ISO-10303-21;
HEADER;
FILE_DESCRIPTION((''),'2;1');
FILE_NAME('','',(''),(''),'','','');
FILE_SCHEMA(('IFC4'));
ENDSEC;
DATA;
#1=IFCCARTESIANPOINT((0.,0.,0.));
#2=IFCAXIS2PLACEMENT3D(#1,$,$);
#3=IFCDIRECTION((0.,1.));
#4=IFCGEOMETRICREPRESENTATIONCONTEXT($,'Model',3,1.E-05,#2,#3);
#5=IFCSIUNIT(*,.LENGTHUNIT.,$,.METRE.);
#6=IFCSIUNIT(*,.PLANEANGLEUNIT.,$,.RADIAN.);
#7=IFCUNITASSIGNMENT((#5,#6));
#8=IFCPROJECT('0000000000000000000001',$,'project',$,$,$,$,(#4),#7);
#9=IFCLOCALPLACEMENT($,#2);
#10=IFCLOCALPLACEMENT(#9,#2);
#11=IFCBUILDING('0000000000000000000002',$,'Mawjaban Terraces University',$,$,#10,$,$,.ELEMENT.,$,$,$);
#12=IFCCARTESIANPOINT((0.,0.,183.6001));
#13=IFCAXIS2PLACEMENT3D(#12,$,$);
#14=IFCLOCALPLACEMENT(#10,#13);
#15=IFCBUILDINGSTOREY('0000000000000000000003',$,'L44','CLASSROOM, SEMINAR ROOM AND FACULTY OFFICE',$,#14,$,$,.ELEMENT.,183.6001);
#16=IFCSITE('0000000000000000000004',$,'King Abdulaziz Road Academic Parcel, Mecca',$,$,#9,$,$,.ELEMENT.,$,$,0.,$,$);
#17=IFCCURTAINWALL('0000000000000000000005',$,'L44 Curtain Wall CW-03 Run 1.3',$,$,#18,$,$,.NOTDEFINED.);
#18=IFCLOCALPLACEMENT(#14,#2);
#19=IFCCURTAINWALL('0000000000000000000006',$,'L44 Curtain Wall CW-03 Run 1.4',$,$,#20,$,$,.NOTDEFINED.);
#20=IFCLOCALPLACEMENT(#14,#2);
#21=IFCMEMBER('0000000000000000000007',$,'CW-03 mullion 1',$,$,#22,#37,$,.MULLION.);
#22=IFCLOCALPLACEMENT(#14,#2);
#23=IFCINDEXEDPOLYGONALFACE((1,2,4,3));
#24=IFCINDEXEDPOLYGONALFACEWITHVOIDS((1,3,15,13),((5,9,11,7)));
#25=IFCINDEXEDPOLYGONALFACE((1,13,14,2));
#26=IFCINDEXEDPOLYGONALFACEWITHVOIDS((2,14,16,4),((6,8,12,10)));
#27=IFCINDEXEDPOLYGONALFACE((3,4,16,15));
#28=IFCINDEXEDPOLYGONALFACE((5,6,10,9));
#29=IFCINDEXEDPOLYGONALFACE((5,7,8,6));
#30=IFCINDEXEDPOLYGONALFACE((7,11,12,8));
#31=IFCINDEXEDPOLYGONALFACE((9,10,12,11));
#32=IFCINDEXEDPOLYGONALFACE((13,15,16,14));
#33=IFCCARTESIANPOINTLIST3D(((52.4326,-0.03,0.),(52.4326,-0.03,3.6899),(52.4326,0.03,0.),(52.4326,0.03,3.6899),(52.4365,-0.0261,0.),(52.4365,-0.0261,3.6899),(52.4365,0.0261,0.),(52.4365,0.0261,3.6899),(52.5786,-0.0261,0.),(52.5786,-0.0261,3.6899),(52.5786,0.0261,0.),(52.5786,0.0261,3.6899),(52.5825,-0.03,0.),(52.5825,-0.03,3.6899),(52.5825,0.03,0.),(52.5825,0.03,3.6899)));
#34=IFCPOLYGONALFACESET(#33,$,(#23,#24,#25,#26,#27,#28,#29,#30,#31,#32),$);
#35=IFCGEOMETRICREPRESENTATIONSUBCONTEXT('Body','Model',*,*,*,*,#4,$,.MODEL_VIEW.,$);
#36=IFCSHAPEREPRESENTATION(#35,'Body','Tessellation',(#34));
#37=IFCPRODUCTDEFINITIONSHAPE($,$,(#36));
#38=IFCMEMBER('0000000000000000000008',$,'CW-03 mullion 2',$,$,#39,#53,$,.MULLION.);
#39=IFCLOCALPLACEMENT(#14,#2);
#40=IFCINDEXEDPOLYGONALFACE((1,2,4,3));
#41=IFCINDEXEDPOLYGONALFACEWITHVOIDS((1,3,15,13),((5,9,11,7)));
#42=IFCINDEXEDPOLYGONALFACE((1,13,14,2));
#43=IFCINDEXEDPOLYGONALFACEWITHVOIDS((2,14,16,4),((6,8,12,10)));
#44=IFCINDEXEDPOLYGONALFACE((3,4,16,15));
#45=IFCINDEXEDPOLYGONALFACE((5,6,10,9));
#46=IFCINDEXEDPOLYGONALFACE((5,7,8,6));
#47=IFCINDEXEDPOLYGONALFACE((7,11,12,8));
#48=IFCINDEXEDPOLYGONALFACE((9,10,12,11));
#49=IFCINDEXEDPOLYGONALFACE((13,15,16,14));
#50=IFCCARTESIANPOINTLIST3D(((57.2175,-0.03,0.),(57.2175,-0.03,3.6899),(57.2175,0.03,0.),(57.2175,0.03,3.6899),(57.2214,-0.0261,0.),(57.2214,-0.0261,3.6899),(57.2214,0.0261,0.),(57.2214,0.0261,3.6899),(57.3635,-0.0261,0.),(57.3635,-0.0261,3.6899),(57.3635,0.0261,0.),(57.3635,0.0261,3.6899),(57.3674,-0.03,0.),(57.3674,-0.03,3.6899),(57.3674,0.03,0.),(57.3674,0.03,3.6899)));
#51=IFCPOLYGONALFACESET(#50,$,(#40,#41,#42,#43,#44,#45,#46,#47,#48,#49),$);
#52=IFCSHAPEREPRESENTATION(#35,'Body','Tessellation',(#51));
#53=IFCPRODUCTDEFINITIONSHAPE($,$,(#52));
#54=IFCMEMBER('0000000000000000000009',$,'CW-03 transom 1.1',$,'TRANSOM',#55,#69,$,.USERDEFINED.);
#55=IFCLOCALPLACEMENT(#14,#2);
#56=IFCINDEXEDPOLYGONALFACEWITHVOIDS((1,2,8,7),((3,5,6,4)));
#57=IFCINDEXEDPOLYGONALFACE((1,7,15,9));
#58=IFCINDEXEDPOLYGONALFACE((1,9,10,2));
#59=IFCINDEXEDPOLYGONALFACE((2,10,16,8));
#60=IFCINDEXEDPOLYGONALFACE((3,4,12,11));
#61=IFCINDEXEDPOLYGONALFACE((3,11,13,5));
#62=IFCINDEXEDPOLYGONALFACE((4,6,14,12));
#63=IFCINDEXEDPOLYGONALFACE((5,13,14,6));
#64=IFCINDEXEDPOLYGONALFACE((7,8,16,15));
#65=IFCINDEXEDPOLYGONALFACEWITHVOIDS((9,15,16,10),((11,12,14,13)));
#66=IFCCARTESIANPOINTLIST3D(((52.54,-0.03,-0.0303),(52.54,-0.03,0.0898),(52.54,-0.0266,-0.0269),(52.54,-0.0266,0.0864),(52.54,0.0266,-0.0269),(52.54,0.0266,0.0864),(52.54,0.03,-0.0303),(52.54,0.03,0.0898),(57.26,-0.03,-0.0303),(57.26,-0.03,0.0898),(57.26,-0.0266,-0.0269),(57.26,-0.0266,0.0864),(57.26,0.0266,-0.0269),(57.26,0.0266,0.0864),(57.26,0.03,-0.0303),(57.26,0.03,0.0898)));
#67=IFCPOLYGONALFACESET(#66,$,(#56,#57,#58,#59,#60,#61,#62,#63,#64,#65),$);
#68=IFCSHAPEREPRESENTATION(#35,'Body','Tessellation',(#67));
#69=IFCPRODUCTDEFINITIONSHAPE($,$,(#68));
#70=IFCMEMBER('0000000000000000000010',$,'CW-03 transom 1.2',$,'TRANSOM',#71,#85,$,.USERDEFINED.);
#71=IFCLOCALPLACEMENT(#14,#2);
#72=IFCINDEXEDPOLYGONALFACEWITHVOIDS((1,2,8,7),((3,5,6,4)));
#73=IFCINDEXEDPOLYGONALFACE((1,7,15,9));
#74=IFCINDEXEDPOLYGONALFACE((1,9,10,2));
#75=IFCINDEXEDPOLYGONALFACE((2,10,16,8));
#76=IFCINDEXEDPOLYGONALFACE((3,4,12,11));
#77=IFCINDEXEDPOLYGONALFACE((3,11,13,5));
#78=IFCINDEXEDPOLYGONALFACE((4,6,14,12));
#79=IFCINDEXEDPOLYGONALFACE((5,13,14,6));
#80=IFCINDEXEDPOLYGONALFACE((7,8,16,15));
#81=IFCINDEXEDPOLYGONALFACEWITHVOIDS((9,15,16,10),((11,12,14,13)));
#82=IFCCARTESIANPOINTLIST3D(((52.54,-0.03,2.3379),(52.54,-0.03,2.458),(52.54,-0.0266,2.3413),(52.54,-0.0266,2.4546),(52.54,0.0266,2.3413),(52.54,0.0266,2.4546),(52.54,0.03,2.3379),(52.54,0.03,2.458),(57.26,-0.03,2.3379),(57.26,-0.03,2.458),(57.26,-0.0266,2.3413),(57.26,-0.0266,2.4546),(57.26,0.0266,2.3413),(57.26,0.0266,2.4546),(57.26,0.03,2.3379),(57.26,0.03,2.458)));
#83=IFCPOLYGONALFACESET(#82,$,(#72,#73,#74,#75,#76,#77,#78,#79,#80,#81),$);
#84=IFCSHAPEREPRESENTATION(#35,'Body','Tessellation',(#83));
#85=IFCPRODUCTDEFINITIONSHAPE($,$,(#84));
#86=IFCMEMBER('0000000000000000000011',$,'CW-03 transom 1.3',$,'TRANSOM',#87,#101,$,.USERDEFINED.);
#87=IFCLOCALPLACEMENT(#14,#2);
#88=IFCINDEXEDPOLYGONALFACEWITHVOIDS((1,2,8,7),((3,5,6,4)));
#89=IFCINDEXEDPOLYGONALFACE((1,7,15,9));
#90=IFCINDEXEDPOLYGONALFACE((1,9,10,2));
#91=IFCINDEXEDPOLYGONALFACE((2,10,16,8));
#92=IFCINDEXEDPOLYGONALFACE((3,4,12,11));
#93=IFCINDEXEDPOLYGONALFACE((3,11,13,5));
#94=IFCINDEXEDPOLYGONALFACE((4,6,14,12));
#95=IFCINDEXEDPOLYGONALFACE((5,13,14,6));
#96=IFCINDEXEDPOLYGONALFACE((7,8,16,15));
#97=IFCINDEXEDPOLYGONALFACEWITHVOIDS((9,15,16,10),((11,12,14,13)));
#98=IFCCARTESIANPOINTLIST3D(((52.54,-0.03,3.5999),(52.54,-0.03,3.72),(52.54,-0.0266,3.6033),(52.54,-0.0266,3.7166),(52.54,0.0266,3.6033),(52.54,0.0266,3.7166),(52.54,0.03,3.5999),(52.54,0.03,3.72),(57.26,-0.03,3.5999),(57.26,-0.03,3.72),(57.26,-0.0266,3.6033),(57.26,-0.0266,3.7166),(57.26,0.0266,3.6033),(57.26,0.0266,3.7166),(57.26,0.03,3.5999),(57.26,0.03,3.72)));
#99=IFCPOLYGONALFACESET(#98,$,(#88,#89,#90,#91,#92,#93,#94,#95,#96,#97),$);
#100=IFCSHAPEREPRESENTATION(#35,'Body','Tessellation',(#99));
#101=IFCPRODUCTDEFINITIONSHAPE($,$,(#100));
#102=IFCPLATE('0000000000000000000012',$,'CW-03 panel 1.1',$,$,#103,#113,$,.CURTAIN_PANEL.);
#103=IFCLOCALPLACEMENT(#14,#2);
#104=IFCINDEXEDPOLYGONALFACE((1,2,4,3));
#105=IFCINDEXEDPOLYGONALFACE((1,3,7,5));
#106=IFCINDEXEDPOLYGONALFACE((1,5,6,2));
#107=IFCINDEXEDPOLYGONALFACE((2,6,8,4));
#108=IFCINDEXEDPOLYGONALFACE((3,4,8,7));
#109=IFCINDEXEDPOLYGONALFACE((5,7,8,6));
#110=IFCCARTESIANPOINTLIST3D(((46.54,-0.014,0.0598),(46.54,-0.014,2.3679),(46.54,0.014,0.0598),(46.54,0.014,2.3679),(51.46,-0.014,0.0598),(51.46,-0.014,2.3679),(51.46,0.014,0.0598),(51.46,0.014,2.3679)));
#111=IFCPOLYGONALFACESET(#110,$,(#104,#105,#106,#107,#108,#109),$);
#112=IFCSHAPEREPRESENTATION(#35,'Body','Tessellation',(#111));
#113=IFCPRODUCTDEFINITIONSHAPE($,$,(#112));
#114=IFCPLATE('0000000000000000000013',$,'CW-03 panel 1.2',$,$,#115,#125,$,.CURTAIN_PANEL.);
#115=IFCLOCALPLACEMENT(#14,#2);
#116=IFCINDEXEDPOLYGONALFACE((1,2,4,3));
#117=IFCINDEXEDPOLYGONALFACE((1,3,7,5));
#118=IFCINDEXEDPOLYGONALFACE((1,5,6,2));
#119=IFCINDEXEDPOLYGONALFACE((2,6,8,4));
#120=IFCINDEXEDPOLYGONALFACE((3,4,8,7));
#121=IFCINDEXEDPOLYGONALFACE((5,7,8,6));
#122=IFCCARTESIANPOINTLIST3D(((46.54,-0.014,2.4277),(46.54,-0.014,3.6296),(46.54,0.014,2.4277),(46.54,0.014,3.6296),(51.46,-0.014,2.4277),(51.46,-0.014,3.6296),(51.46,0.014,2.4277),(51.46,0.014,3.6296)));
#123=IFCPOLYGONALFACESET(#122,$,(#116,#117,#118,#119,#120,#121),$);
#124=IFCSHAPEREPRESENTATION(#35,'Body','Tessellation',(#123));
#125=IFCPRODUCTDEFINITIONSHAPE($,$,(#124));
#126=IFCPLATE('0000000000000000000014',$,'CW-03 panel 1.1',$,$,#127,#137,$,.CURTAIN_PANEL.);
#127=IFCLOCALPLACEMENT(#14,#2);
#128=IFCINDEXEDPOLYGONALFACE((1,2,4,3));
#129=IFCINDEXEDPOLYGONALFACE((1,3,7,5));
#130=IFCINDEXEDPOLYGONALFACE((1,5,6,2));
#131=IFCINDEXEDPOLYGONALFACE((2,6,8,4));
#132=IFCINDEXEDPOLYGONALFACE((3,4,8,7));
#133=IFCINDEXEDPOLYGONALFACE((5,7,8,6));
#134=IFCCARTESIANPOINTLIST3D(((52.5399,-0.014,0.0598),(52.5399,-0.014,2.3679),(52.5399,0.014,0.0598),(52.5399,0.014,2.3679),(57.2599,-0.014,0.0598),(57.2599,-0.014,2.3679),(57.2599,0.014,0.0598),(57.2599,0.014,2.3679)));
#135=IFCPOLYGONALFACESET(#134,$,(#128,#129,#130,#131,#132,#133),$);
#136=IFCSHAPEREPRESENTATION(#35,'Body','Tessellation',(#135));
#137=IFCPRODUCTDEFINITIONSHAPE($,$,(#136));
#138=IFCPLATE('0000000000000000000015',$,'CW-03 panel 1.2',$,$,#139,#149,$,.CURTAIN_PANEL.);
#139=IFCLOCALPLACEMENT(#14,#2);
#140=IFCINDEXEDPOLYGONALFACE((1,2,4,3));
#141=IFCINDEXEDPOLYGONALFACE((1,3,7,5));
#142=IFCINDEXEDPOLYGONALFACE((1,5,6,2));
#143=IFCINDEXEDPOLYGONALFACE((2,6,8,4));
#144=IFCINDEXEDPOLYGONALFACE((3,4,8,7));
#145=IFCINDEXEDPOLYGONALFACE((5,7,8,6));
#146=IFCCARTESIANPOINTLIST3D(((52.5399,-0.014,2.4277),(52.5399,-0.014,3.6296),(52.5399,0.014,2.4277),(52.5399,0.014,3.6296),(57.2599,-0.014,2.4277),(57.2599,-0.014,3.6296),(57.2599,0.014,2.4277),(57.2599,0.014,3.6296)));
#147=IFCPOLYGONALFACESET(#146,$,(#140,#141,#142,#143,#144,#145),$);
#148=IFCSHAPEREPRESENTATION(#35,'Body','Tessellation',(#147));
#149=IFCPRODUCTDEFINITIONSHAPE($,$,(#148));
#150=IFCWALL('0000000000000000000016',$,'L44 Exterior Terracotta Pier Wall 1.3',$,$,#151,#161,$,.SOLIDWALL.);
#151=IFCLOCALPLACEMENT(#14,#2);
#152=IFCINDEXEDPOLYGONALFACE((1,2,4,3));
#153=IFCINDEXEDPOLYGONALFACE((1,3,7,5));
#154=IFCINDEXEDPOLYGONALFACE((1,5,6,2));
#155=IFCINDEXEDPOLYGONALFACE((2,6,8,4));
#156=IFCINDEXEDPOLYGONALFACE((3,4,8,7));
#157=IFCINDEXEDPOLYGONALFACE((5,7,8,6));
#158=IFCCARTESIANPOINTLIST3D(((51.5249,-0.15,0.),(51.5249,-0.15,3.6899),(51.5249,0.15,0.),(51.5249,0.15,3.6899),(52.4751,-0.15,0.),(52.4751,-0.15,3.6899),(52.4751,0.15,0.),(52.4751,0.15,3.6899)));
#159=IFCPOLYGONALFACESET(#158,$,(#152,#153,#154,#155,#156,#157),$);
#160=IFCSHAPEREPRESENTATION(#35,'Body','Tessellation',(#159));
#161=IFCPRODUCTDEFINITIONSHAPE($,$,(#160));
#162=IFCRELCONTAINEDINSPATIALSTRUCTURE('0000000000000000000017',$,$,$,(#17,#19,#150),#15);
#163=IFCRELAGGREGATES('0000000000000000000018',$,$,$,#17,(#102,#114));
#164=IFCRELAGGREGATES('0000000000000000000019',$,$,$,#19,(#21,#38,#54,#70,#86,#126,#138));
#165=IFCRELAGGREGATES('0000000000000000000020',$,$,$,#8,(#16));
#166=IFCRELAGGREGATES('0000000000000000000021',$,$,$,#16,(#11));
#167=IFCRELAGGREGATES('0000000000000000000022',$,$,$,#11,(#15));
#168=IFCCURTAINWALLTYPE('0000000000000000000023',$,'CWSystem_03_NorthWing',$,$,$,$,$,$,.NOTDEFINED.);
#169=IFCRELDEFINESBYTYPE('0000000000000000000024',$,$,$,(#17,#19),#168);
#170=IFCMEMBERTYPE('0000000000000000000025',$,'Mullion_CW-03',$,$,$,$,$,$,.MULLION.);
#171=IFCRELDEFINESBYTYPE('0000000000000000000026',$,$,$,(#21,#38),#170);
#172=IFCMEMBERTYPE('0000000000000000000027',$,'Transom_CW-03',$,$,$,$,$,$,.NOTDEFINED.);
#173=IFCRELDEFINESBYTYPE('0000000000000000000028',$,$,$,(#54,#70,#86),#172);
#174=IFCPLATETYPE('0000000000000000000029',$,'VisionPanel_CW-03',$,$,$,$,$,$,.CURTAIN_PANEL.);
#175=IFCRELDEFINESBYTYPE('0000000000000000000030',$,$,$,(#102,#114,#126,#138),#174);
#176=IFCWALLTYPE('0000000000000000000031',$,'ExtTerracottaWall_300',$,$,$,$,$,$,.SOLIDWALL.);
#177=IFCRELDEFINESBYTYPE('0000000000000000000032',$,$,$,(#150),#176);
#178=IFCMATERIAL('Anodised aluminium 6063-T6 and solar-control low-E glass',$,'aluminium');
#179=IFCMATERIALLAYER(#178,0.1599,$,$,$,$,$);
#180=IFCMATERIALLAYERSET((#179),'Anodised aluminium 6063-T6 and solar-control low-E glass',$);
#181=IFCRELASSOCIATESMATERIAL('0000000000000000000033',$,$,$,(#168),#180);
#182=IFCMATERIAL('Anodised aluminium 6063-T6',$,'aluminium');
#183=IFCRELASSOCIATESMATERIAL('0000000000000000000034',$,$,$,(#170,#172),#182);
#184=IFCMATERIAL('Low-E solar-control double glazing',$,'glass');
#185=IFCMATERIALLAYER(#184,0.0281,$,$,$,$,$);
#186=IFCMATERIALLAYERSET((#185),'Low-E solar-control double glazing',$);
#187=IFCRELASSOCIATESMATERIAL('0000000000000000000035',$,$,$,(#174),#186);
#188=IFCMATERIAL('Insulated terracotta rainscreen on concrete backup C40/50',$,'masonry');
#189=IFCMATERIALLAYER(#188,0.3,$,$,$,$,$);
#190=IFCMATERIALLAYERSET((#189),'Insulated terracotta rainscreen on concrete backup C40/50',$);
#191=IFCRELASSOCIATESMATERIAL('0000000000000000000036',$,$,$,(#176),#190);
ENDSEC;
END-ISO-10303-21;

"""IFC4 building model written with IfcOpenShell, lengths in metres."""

from ifc_helpers import new_model, si_unit, direction, frame, frame_2d, origin, origin_2d, place, context, subcontext, project, spatial, rectangle, hollow_rectangle, extrude, material, layer, layer_set, material_profile, profile_set, type_object, element, aggregate, save


model = new_model("IFC4")

# Units and contexts
model_context = context("Model", 3, precision=1e-05, world=origin(), true_north=direction((0.0, 1.0)))
body_context = subcontext(model_context, "Body", "Model", "MODEL_VIEW")
ifc_project = project(units=[si_unit("LENGTHUNIT", "METRE"), si_unit("PLANEANGLEUNIT", "RADIAN")], contexts=[model_context])

# Site, building, storey
site_placement = place(None, origin())
site = spatial("IfcSite", under=ifc_project, at=site_placement, Name="King Abdulaziz Road Academic Parcel, Mecca", CompositionType="ELEMENT", RefElevation=0.0)
building_placement = place(site_placement, origin())
building = spatial("IfcBuilding", under=site, at=building_placement, Name="Mawjaban Terraces University", CompositionType="ELEMENT")
storey_placement = place(building_placement, frame((0.0, 0.0, 183.6001)))
storey = spatial("IfcBuildingStorey", under=building, at=storey_placement, Name="L44", Description="CLASSROOM, SEMINAR ROOM AND FACULTY OFFICE", CompositionType="ELEMENT", Elevation=183.6001)

# Curtain wall
ifc_material_1 = material(Name="Anodised aluminium 6063-T6 and solar-control low-E glass", Category="aluminium")
ifc_layer_1 = layer(ifc_material_1, 0.1599)
ifc_layer_set_1 = layer_set([ifc_layer_1], Name="Anodised aluminium 6063-T6 and solar-control low-E glass")
curtain_wall_type = type_object("IfcCurtainWallType", Name="CWSystem_03_NorthWing", PredefinedType="NOTDEFINED", material=ifc_layer_set_1)
curtain_wall_1_placement = place(storey_placement, origin())
curtain_wall_1 = element("IfcCurtainWall", 1, at=curtain_wall_1_placement, inside=storey, type_object=curtain_wall_type, Name="L44 Curtain Wall CW-03 Run 1.3", PredefinedType="NOTDEFINED")
ifc_material_2 = material(Name="Anodised aluminium 6063-T6", Category="aluminium")
ifc_material_profile_1 = material_profile(ifc_material_2, hollow_rectangle(XDim=0.0601, YDim=0.1499, WallThickness=0.0039, at=origin_2d()), Name="ALU150X60X4")
ifc_profile_set_1 = profile_set([ifc_material_profile_1], Name="Anodised aluminium 6063-T6")
member_type_1 = type_object("IfcMemberType", Name="Mullion_CW-03", PredefinedType="MULLION", material=ifc_profile_set_1)

# Curtain wall, members
curtain_wall_2_placement = place(storey_placement, origin())
curtain_wall_2 = element("IfcCurtainWall", 2, at=curtain_wall_2_placement, inside=storey, type_object=curtain_wall_type, Name="L44 Curtain Wall CW-03 Run 1.4", PredefinedType="NOTDEFINED")
member_1_placement = place(storey_placement, frame((52.5076, 0.0, 0.0), z_axis=(0.0, 0.0, 1.0), x_axis=(0.0, 1.0, 0.0)))
member_1 = element("IfcMember", 3, at=member_1_placement, type_object=member_type_1, Name="CW-03 mullion 1", PredefinedType="MULLION", context=body_context, shape_type="SweptSolid", body=[
    extrude(hollow_rectangle(XDim=0.0601, YDim=0.1499, WallThickness=0.0039, at=origin_2d()), origin(), (0.0, 0.0, 1.0), 3.6899),
])
member_2_placement = place(storey_placement, frame((57.2925, 0.0, 0.0), z_axis=(0.0, 0.0, 1.0), x_axis=(0.0, 1.0, 0.0)))
member_2 = element("IfcMember", 4, at=member_2_placement, type_object=member_type_1, Name="CW-03 mullion 2", PredefinedType="MULLION", context=body_context, shape_type="SweptSolid", body=[
    extrude(hollow_rectangle(XDim=0.0601, YDim=0.1499, WallThickness=0.0039, at=origin_2d()), origin(), (0.0, 0.0, 1.0), 3.6899),
])
ifc_material_profile_2 = material_profile(ifc_material_2, hollow_rectangle(XDim=0.0601, YDim=0.1201, WallThickness=0.0034, at=origin_2d()), Name="ALU120X60X3.5")
ifc_profile_set_2 = profile_set([ifc_material_profile_2], Name="Anodised aluminium 6063-T6")
member_type_2 = type_object("IfcMemberType", Name="Transom_CW-03", PredefinedType="NOTDEFINED", material=ifc_profile_set_2)
member_3_placement = place(storey_placement, frame((52.54, 0.0, 0.0298), z_axis=(1.0, 0.0, 0.0), x_axis=(0.0, 1.0, 0.0)))
member_3 = element("IfcMember", 5, at=member_3_placement, type_object=member_type_2, Name="CW-03 transom 1.1", ObjectType="TRANSOM", PredefinedType="USERDEFINED", context=body_context, shape_type="SweptSolid", body=[
    extrude(hollow_rectangle(XDim=0.0601, YDim=0.1201, WallThickness=0.0034, at=origin_2d()), origin(), (0.0, 0.0, 1.0), 4.72),
])
member_4_placement = place(storey_placement, frame((52.54, 0.0, 2.3979), z_axis=(1.0, 0.0, 0.0), x_axis=(0.0, 1.0, 0.0)))
member_4 = element("IfcMember", 6, at=member_4_placement, type_object=member_type_2, Name="CW-03 transom 1.2", ObjectType="TRANSOM", PredefinedType="USERDEFINED", context=body_context, shape_type="SweptSolid", body=[
    extrude(hollow_rectangle(XDim=0.0601, YDim=0.1201, WallThickness=0.0034, at=origin_2d()), origin(), (0.0, 0.0, 1.0), 4.72),
])
member_5_placement = place(storey_placement, frame((52.54, 0.0, 3.6599), z_axis=(1.0, 0.0, 0.0), x_axis=(0.0, 1.0, 0.0)))
member_5 = element("IfcMember", 7, at=member_5_placement, type_object=member_type_2, Name="CW-03 transom 1.3", ObjectType="TRANSOM", PredefinedType="USERDEFINED", context=body_context, shape_type="SweptSolid", body=[
    extrude(hollow_rectangle(XDim=0.0601, YDim=0.1201, WallThickness=0.0034, at=origin_2d()), origin(), (0.0, 0.0, 1.0), 4.72),
])

# Plates
ifc_material_3 = material(Name="Low-E solar-control double glazing", Category="glass")
ifc_layer_2 = layer(ifc_material_3, 0.0281)
ifc_layer_set_2 = layer_set([ifc_layer_2], Name="Low-E solar-control double glazing")
plate_type = type_object("IfcPlateType", Name="VisionPanel_CW-03", PredefinedType="CURTAIN_PANEL", material=ifc_layer_set_2)
plate_1_placement = place(storey_placement, frame((49.0, 0.0, 0.0598), z_axis=(0.0, 0.0, 1.0), x_axis=(1.0, 0.0, 0.0)))
plate_1 = element("IfcPlate", 8, at=plate_1_placement, type_object=plate_type, Name="CW-03 panel 1.1", PredefinedType="CURTAIN_PANEL", context=body_context, shape_type="SweptSolid", body=[
    extrude(rectangle(XDim=4.9199, YDim=0.0281, at=origin_2d()), origin(), (0.0, 0.0, 1.0), 2.3081),
])
plate_2_placement = place(storey_placement, frame((49.0, 0.0, 2.4277), z_axis=(0.0, 0.0, 1.0), x_axis=(1.0, 0.0, 0.0)))
plate_2 = element("IfcPlate", 9, at=plate_2_placement, type_object=plate_type, Name="CW-03 panel 1.2", PredefinedType="CURTAIN_PANEL", context=body_context, shape_type="SweptSolid", body=[
    extrude(rectangle(XDim=4.9199, YDim=0.0281, at=origin_2d()), origin(), (0.0, 0.0, 1.0), 1.2019),
])
aggregate(curtain_wall_1, [plate_1, plate_2])
plate_3_placement = place(storey_placement, frame((54.8999, 0.0, 0.0598), z_axis=(0.0, 0.0, 1.0), x_axis=(1.0, 0.0, 0.0)))
plate_3 = element("IfcPlate", 10, at=plate_3_placement, type_object=plate_type, Name="CW-03 panel 1.1", PredefinedType="CURTAIN_PANEL", context=body_context, shape_type="SweptSolid", body=[
    extrude(rectangle(XDim=4.72, YDim=0.0281, at=origin_2d()), origin(), (0.0, 0.0, 1.0), 2.3081),
])
plate_4_placement = place(storey_placement, frame((54.8999, 0.0, 2.4277), z_axis=(0.0, 0.0, 1.0), x_axis=(1.0, 0.0, 0.0)))
plate_4 = element("IfcPlate", 11, at=plate_4_placement, type_object=plate_type, Name="CW-03 panel 1.2", PredefinedType="CURTAIN_PANEL", context=body_context, shape_type="SweptSolid", body=[
    extrude(rectangle(XDim=4.72, YDim=0.0281, at=origin_2d()), origin(), (0.0, 0.0, 1.0), 1.2019),
])
aggregate(curtain_wall_2, [member_1, member_2, member_3, member_4, member_5, plate_3, plate_4])

# Wall
ifc_material_4 = material(Name="Insulated terracotta rainscreen on concrete backup C40/50", Category="masonry")
ifc_layer_3 = layer(ifc_material_4, 0.3)
ifc_layer_set_3 = layer_set([ifc_layer_3], Name="Insulated terracotta rainscreen on concrete backup C40/50")
wall_type = type_object("IfcWallType", Name="ExtTerracottaWall_300", PredefinedType="SOLIDWALL", material=ifc_layer_set_3)
wall_placement = place(storey_placement, frame((51.5249, 0.0, 0.0), z_axis=(0.0, 0.0, 1.0), x_axis=(1.0, 0.0, 0.0)))
element("IfcWall", 12, at=wall_placement, inside=storey, type_object=wall_type, Name="L44 Exterior Terracotta Pier Wall 1.3", PredefinedType="SOLIDWALL", context=body_context, shape_type="SweptSolid", body=[
    extrude(rectangle(XDim=0.9502, YDim=0.3, at=frame_2d((0.4751, 0.0))), origin(), (0.0, 0.0, 1.0), 3.6899),
])

save(model, "model.ifc")
